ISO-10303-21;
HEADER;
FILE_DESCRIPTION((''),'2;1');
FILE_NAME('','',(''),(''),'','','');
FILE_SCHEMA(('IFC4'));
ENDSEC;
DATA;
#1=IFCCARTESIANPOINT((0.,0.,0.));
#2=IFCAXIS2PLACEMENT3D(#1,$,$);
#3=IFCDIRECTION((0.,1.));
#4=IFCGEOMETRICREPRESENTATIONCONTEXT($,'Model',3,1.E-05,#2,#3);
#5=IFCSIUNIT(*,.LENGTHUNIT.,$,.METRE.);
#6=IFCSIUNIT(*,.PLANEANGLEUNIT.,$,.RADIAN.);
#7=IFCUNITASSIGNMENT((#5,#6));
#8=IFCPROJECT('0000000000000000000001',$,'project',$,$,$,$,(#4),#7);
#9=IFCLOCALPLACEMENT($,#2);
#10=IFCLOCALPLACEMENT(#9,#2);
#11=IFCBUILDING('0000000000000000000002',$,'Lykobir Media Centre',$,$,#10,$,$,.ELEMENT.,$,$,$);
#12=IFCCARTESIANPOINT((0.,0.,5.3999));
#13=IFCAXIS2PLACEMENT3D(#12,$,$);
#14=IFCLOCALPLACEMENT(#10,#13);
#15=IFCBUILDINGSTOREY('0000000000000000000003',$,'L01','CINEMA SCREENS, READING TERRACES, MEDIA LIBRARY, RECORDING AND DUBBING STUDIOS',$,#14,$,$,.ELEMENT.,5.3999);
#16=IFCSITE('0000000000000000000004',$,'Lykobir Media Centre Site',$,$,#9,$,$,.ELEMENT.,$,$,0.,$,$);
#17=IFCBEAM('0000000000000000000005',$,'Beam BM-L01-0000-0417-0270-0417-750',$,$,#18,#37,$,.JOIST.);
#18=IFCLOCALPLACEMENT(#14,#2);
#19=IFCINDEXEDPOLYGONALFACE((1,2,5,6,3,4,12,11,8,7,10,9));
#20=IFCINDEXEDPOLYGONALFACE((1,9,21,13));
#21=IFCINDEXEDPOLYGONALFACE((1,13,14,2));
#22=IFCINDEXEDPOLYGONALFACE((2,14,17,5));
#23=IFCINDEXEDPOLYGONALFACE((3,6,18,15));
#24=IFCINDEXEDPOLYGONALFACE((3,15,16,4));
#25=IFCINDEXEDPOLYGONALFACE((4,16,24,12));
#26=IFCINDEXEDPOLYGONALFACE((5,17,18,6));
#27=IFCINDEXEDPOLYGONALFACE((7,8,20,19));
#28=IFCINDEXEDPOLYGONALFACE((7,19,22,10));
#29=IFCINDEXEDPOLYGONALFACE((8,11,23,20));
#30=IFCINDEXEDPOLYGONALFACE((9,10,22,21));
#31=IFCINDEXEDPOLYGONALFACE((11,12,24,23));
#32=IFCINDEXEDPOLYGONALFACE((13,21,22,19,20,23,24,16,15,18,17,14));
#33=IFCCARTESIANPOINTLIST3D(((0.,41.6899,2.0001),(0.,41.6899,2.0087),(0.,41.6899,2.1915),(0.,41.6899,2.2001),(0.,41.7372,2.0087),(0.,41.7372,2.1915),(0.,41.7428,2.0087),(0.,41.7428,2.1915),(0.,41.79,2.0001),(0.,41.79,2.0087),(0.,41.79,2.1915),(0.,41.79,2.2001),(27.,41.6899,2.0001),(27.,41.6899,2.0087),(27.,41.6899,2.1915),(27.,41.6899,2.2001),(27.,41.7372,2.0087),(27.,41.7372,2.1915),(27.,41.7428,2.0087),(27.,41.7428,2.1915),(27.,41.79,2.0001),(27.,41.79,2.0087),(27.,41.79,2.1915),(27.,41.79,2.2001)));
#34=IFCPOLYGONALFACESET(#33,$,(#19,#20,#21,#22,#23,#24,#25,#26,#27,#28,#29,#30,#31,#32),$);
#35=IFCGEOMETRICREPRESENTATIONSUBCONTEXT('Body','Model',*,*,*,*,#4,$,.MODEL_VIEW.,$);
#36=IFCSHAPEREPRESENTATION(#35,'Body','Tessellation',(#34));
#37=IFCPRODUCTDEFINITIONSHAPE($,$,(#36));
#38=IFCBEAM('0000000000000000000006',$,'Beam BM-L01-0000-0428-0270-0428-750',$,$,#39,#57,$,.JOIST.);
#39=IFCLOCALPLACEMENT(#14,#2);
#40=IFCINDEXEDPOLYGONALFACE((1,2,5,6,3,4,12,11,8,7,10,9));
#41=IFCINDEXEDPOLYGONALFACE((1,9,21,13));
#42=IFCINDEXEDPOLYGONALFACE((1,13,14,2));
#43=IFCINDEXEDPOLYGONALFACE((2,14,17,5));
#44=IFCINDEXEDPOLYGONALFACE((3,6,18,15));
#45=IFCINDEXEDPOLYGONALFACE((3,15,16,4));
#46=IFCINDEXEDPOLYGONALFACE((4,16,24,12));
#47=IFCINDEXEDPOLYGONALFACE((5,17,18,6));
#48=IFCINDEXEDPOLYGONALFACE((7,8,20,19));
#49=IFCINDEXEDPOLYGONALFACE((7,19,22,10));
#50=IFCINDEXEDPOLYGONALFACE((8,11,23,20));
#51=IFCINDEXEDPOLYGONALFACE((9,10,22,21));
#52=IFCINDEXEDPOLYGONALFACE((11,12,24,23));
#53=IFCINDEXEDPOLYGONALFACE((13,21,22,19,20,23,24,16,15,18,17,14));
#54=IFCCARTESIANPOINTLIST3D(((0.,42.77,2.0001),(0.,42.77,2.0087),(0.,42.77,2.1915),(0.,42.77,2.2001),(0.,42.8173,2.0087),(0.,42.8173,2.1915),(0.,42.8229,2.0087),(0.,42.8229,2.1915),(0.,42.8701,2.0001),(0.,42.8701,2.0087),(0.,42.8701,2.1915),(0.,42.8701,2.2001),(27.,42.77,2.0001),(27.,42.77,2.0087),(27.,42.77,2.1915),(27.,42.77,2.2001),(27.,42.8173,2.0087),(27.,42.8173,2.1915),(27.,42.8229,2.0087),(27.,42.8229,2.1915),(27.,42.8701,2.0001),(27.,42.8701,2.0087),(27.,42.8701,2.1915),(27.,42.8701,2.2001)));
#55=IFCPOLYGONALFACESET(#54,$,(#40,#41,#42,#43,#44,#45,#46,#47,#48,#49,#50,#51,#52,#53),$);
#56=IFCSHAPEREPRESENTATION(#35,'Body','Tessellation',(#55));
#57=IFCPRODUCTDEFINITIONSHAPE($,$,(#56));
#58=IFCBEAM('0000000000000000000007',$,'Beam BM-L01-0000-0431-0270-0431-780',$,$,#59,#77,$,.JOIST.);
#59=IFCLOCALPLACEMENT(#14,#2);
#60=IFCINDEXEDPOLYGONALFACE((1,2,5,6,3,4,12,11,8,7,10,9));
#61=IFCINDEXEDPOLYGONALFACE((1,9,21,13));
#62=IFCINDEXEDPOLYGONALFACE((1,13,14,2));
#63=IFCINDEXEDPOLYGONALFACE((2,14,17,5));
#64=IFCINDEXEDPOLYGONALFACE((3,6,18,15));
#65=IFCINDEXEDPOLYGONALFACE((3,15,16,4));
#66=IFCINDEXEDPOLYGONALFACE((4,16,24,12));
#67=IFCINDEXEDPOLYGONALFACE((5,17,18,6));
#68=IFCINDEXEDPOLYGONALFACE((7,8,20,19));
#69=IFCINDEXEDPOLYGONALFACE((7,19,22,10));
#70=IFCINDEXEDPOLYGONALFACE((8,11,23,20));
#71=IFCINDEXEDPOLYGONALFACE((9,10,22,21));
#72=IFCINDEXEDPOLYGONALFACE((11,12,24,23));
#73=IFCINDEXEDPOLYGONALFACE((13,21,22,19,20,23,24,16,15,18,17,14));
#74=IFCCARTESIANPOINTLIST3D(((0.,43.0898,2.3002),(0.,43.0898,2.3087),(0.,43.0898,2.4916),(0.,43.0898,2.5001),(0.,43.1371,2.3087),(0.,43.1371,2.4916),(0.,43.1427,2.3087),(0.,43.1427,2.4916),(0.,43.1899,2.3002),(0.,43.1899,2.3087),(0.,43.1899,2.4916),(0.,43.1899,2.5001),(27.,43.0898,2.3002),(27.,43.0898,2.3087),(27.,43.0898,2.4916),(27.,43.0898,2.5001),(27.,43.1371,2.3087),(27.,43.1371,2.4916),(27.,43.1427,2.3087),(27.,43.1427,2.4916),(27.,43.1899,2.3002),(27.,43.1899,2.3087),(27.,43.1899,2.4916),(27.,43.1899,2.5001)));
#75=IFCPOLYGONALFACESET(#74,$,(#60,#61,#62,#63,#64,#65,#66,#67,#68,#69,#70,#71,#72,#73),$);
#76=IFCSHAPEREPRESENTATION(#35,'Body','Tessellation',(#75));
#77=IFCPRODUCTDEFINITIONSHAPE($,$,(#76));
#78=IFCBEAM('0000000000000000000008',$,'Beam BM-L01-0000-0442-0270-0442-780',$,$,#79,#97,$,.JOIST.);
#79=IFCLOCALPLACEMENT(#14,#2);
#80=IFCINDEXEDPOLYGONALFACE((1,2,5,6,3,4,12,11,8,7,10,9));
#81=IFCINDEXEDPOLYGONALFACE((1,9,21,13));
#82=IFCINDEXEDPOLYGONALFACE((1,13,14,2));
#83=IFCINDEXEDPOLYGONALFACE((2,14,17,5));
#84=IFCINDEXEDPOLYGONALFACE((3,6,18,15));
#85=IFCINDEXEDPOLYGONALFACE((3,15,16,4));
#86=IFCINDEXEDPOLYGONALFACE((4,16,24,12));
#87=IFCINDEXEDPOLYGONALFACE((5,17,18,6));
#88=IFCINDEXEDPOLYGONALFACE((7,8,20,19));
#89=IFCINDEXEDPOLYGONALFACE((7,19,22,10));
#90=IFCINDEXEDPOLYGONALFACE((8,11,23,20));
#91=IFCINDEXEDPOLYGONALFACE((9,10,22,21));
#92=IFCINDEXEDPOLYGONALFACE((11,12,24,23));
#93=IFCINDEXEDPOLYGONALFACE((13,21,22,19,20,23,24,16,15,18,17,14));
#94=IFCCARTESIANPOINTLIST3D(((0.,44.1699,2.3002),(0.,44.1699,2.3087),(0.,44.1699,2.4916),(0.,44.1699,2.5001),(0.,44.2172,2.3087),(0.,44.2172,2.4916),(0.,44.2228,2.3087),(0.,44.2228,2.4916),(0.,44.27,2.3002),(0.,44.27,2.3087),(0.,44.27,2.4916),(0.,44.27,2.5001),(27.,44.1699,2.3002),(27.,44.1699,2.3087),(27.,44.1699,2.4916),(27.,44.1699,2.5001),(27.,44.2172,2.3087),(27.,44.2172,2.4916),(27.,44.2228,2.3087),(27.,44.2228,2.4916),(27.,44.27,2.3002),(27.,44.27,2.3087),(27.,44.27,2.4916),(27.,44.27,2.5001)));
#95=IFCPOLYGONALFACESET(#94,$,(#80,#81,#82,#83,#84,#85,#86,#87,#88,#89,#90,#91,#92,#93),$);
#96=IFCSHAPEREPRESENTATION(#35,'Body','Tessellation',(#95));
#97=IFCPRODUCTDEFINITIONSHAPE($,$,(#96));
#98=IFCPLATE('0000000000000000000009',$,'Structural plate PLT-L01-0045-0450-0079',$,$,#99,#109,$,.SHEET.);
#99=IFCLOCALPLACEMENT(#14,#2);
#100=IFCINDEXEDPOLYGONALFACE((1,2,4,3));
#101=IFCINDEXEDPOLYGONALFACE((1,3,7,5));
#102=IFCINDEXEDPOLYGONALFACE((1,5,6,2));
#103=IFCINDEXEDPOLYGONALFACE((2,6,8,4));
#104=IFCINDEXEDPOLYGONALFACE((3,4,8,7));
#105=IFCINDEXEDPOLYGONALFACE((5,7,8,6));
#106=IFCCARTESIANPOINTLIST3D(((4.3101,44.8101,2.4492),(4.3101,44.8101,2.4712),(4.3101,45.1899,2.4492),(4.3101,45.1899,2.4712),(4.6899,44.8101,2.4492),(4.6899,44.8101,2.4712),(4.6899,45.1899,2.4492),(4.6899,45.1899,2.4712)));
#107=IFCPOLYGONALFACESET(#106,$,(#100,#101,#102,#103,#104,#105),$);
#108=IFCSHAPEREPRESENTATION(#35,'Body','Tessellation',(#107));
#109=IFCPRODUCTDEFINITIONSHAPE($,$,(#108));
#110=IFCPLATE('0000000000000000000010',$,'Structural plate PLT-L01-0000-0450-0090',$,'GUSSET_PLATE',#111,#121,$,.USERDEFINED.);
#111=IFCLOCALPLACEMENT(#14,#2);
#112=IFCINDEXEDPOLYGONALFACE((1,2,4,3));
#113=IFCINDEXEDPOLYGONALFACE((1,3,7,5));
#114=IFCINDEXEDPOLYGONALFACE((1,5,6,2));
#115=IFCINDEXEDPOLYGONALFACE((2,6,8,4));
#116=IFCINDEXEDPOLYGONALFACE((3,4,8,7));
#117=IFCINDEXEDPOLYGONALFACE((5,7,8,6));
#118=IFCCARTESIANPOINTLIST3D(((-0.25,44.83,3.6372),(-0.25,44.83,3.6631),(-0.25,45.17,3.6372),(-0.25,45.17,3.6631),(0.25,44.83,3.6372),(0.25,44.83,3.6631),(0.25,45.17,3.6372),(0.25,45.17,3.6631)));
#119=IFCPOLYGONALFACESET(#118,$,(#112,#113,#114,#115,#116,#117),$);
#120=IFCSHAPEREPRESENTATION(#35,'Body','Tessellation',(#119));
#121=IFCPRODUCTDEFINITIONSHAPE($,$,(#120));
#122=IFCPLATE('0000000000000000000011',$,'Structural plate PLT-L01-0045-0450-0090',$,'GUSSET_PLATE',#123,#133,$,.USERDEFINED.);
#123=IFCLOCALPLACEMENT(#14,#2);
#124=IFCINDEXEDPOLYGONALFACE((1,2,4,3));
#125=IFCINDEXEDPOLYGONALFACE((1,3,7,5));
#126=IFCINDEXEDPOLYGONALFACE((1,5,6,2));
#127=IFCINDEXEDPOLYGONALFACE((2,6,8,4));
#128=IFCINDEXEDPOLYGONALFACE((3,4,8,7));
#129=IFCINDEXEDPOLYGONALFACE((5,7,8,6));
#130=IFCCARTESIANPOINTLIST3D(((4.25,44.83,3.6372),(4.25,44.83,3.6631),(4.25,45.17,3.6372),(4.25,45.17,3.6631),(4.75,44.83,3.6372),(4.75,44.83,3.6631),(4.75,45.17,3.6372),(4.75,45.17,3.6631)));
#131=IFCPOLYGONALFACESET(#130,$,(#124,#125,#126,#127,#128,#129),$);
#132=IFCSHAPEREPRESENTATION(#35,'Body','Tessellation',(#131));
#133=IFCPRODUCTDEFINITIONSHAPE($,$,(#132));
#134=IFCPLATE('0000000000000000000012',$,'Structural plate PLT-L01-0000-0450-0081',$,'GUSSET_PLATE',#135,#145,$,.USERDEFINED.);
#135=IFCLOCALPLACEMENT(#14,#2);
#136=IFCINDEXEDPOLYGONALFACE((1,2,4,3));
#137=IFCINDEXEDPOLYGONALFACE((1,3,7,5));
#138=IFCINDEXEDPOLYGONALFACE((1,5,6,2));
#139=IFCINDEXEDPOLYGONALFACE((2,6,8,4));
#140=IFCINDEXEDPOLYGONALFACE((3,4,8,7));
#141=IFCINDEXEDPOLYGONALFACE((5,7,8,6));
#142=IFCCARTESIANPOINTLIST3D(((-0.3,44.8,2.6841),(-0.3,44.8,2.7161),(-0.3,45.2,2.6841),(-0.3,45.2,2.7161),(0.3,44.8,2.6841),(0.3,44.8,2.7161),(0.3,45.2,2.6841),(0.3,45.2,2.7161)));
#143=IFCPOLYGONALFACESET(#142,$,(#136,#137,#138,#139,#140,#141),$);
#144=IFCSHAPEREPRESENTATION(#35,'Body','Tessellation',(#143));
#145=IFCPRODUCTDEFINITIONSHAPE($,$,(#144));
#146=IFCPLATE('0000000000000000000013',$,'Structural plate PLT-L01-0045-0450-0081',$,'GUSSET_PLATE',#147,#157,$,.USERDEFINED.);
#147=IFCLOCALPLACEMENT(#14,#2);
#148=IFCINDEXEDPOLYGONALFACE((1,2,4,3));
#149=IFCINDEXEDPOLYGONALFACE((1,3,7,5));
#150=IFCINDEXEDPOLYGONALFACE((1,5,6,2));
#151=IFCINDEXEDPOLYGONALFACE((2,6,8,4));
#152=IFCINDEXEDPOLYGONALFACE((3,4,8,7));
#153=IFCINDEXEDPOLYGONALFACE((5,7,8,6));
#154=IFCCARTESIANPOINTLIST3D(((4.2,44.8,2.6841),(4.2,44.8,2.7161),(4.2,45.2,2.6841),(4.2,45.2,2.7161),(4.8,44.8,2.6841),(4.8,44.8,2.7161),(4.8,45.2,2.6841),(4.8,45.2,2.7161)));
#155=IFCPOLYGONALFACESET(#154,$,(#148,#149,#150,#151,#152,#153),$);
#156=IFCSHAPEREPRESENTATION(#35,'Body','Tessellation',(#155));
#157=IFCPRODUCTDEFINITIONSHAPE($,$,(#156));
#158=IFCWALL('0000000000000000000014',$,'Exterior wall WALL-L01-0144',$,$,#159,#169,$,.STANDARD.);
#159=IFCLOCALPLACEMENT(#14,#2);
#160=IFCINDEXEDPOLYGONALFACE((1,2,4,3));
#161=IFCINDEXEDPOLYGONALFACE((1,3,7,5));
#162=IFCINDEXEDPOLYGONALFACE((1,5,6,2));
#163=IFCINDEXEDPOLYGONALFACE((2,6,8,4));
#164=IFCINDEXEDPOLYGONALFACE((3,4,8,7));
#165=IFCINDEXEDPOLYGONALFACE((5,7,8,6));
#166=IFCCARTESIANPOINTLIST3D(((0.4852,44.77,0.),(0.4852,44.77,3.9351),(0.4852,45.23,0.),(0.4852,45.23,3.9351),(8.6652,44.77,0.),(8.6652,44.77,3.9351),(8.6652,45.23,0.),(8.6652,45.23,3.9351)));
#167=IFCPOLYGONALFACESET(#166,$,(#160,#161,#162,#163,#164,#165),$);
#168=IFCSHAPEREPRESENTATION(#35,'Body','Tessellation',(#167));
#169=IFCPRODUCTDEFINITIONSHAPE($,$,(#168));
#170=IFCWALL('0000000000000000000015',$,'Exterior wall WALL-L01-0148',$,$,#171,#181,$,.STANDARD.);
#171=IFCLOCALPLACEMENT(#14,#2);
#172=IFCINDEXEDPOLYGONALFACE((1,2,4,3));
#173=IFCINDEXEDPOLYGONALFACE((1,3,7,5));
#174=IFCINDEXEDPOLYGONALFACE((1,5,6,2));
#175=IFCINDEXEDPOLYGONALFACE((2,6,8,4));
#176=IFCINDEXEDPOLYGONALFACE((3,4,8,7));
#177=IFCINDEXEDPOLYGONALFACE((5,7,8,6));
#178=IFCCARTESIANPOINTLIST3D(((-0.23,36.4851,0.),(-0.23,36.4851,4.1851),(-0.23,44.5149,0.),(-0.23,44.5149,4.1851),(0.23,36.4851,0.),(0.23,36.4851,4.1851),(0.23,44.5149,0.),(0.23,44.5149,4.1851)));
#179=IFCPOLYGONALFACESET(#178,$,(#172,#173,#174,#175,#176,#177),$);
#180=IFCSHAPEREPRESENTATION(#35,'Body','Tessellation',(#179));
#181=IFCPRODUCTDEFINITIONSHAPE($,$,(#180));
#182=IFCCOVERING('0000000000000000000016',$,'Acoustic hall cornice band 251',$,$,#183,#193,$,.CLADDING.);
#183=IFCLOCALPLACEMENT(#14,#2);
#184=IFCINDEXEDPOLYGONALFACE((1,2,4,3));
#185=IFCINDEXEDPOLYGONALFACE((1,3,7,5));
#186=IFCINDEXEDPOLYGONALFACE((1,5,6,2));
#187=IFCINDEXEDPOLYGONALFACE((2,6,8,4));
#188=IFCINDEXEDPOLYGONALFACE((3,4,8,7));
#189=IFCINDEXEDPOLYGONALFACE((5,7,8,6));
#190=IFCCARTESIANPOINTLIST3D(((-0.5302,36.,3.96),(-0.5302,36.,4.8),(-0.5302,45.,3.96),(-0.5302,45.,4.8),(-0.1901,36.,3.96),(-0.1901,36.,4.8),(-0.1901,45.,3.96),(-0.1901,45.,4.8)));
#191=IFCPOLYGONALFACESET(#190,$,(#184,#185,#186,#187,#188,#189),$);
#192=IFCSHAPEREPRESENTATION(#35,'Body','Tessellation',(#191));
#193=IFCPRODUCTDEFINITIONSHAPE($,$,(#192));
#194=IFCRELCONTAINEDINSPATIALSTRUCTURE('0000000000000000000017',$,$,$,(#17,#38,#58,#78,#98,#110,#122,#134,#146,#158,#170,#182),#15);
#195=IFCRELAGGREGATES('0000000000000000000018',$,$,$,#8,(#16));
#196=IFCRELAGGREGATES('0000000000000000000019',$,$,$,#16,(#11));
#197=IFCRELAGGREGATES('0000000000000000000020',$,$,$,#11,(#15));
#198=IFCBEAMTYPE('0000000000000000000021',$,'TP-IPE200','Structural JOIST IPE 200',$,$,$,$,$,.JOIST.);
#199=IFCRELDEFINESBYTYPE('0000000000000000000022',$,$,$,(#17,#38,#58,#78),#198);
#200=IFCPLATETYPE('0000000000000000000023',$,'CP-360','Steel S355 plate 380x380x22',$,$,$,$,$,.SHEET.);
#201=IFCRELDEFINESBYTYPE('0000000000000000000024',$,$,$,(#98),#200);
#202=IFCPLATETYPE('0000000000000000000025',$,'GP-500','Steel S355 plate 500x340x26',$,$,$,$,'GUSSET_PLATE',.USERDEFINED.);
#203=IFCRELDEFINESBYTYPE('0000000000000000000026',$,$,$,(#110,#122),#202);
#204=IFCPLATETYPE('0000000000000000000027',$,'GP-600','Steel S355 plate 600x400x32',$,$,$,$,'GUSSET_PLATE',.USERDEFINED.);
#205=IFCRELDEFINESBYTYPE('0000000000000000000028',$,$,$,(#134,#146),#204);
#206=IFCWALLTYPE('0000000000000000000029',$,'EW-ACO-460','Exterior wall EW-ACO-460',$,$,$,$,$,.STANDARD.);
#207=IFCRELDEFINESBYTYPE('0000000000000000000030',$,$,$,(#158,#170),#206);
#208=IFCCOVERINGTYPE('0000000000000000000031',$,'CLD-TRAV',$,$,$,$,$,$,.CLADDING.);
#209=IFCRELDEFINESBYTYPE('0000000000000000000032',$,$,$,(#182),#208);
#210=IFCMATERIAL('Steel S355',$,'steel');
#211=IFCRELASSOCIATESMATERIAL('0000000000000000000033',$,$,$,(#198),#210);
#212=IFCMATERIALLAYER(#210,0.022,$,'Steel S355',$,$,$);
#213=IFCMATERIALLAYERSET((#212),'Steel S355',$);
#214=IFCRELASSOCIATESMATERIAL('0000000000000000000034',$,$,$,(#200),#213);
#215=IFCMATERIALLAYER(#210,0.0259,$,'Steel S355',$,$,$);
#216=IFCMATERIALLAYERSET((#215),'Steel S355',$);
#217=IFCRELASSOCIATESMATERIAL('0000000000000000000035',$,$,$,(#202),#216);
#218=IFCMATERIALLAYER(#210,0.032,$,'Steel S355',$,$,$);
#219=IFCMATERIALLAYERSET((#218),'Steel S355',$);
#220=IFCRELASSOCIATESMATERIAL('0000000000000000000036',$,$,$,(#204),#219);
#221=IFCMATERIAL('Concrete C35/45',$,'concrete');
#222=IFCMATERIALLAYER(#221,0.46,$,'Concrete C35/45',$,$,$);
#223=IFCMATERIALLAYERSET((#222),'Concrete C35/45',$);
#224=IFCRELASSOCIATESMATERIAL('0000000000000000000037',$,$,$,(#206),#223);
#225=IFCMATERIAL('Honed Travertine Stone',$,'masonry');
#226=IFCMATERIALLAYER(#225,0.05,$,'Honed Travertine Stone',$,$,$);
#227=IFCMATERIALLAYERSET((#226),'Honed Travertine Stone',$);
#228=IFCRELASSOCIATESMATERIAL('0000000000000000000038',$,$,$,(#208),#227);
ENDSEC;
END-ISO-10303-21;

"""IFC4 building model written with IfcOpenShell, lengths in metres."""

from ifc_helpers import new_model, si_unit, direction, frame, frame_2d, origin, origin_2d, place, context, subcontext, project, spatial, rectangle, i_section, extrude, material, layer, layer_set, material_profile, profile_set, type_object, element, save


model = new_model("IFC4")

# Units and contexts
model_context = context("Model", 3, precision=1e-05, world=origin(), true_north=direction((0.0, 1.0)))
body_context = subcontext(model_context, "Body", "Model", "MODEL_VIEW")
ifc_project = project(units=[si_unit("LENGTHUNIT", "METRE"), si_unit("PLANEANGLEUNIT", "RADIAN")], contexts=[model_context])

# Site, building, storey
site_placement = place(None, origin())
site = spatial("IfcSite", under=ifc_project, at=site_placement, Name="Lykobir Media Centre Site", CompositionType="ELEMENT", RefElevation=0.0)
building_placement = place(site_placement, origin())
building = spatial("IfcBuilding", under=site, at=building_placement, Name="Lykobir Media Centre", CompositionType="ELEMENT")
storey_placement = place(building_placement, frame((0.0, 0.0, 5.3999)))
storey = spatial("IfcBuildingStorey", under=building, at=storey_placement, Name="L01", Description="CINEMA SCREENS, READING TERRACES, MEDIA LIBRARY, RECORDING AND DUBBING STUDIOS", CompositionType="ELEMENT", Elevation=5.3999)

# Shared definitions
ifc_material_1 = material(Name="Steel S355", Category="steel")

# Beams
ifc_material_profile_1 = material_profile(ifc_material_1, i_section(OverallWidth=0.1001, OverallDepth=0.2, WebThickness=0.0056, FlangeThickness=0.0085, at=origin_2d()), Name="IPE 200")
ifc_profile_set_1 = profile_set([ifc_material_profile_1], Name="Steel S355")
beam_type_1 = type_object("IfcBeamType", Name="TP-IPE200", Description="Structural JOIST IPE 200", PredefinedType="JOIST", material=ifc_profile_set_1)
for number, where, z_axis, x_axis, name in (
    (1, (0.0, 41.74, 2.1001), (1.0, 0.0, 0.0), (0.0, 1.0, 0.0), "Beam BM-L01-0000-0417-0270-0417-750"),
    (2, (0.0, 42.8201, 2.1001), (1.0, 0.0, 0.0), (0.0, 1.0, 0.0), "Beam BM-L01-0000-0428-0270-0428-750"),
    (3, (0.0, 43.1399, 2.4001), (1.0, 0.0, 0.0), (0.0, 1.0, 0.0), "Beam BM-L01-0000-0431-0270-0431-780"),
    (4, (0.0, 44.22, 2.4001), (1.0, 0.0, 0.0), (0.0, 1.0, 0.0), "Beam BM-L01-0000-0442-0270-0442-780"),
):
    element("IfcBeam", number, at=place(storey_placement, frame(where, z_axis=z_axis, x_axis=x_axis)), inside=storey, type_object=beam_type_1, Name=name, PredefinedType="JOIST", context=body_context, shape_type="SweptSolid", body=[
        extrude(i_section(OverallWidth=0.1001, OverallDepth=0.2, WebThickness=0.0056, FlangeThickness=0.0085, at=origin_2d()), origin(), (0.0, 0.0, 1.0), 27.0),
    ])

# Plates
ifc_layer_1 = layer(ifc_material_1, 0.022, Name="Steel S355")
ifc_layer_set_1 = layer_set([ifc_layer_1], Name="Steel S355")
plate_type_1 = type_object("IfcPlateType", Name="CP-360", Description="Steel S355 plate 380x380x22", PredefinedType="SHEET", material=ifc_layer_set_1)
plate_placement = place(storey_placement, frame((4.5, 45.0, 2.4492), z_axis=(0.0, 0.0, 1.0), x_axis=(1.0, 0.0, 0.0)))
element("IfcPlate", 5, at=plate_placement, inside=storey, type_object=plate_type_1, Name="Structural plate PLT-L01-0045-0450-0079", PredefinedType="SHEET", context=body_context, shape_type="SweptSolid", body=[
    extrude(rectangle(XDim=0.3799, YDim=0.3799, at=origin_2d()), origin(), (0.0, 0.0, 1.0), 0.022),
])
ifc_layer_2 = layer(ifc_material_1, 0.0259, Name="Steel S355")
ifc_layer_set_2 = layer_set([ifc_layer_2], Name="Steel S355")
plate_type_2 = type_object("IfcPlateType", Name="GP-500", Description="Steel S355 plate 500x340x26", ElementType="GUSSET_PLATE", PredefinedType="USERDEFINED", material=ifc_layer_set_2)
for number, where, z_axis, x_axis, name in (
    (6, (0.0, 45.0, 3.6372), (0.0, 0.0, 1.0), (1.0, 0.0, 0.0), "Structural plate PLT-L01-0000-0450-0090"),
    (7, (4.5, 45.0, 3.6372), (0.0, 0.0, 1.0), (1.0, 0.0, 0.0), "Structural plate PLT-L01-0045-0450-0090"),
):
    element("IfcPlate", number, at=place(storey_placement, frame(where, z_axis=z_axis, x_axis=x_axis)), inside=storey, type_object=plate_type_2, Name=name, ObjectType="GUSSET_PLATE", PredefinedType="USERDEFINED", context=body_context, shape_type="SweptSolid", body=[
        extrude(rectangle(XDim=0.5, YDim=0.3401, at=origin_2d()), origin(), (0.0, 0.0, 1.0), 0.0259),
    ])
ifc_layer_3 = layer(ifc_material_1, 0.032, Name="Steel S355")
ifc_layer_set_3 = layer_set([ifc_layer_3], Name="Steel S355")
plate_type_3 = type_object("IfcPlateType", Name="GP-600", Description="Steel S355 plate 600x400x32", ElementType="GUSSET_PLATE", PredefinedType="USERDEFINED", material=ifc_layer_set_3)
for number, where, z_axis, x_axis, name in (
    (8, (0.0, 45.0, 2.6841), (0.0, 0.0, 1.0), (1.0, 0.0, 0.0), "Structural plate PLT-L01-0000-0450-0081"),
    (9, (4.5, 45.0, 2.6841), (0.0, 0.0, 1.0), (1.0, 0.0, 0.0), "Structural plate PLT-L01-0045-0450-0081"),
):
    element("IfcPlate", number, at=place(storey_placement, frame(where, z_axis=z_axis, x_axis=x_axis)), inside=storey, type_object=plate_type_3, Name=name, ObjectType="GUSSET_PLATE", PredefinedType="USERDEFINED", context=body_context, shape_type="SweptSolid", body=[
        extrude(rectangle(XDim=0.6001, YDim=0.3999, at=origin_2d()), origin(), (0.0, 0.0, 1.0), 0.032),
    ])

# Walls
ifc_material_2 = material(Name="Concrete C35/45", Category="concrete")
ifc_layer_4 = layer(ifc_material_2, 0.46, Name="Concrete C35/45")
ifc_layer_set_4 = layer_set([ifc_layer_4], Name="Concrete C35/45")
wall_type = type_object("IfcWallType", Name="EW-ACO-460", Description="Exterior wall EW-ACO-460", PredefinedType="STANDARD", material=ifc_layer_set_4)
wall_1_placement = place(storey_placement, frame((8.665, 45.0, 0.0), z_axis=(0.0, 0.0, 1.0), x_axis=(-1.0, 0.0, 0.0)))
element("IfcWall", 10, at=wall_1_placement, inside=storey, type_object=wall_type, Name="Exterior wall WALL-L01-0144", PredefinedType="STANDARD", context=body_context, shape_type="SweptSolid", body=[
    extrude(rectangle(XDim=8.1799, YDim=0.46, at=frame_2d((4.0898, 0.0))), origin(), (0.0, 0.0, 1.0), 3.9351),
])
wall_2_placement = place(storey_placement, frame((0.0, 44.5149, 0.0), z_axis=(0.0, 0.0, 1.0), x_axis=(0.0, -1.0, 0.0)))
element("IfcWall", 11, at=wall_2_placement, inside=storey, type_object=wall_type, Name="Exterior wall WALL-L01-0148", PredefinedType="STANDARD", context=body_context, shape_type="SweptSolid", body=[
    extrude(rectangle(XDim=8.0298, YDim=0.46, at=frame_2d((4.0149, 0.0))), origin(), (0.0, 0.0, 1.0), 4.1851),
])

# Covering
ifc_material_3 = material(Name="Honed Travertine Stone", Category="masonry")
ifc_layer_5 = layer(ifc_material_3, 0.05, Name="Honed Travertine Stone")
ifc_layer_set_5 = layer_set([ifc_layer_5], Name="Honed Travertine Stone")
covering_type = type_object("IfcCoveringType", Name="CLD-TRAV", PredefinedType="CLADDING", material=ifc_layer_set_5)
covering_1_placement = place(storey_placement, frame((-0.3601, 40.5, 3.96), z_axis=(0.0, 0.0, 1.0), x_axis=(0.0, -1.0, 0.0)))
element("IfcCovering", 12, at=covering_1_placement, inside=storey, type_object=covering_type, Name="Acoustic hall cornice band 251", PredefinedType="CLADDING", context=body_context, shape_type="SweptSolid", body=[
    extrude(rectangle(XDim=9.0, YDim=0.3401, at=origin_2d()), origin(), (0.0, 0.0, 1.0), 0.8401),
])

save(model, "model.ifc")
